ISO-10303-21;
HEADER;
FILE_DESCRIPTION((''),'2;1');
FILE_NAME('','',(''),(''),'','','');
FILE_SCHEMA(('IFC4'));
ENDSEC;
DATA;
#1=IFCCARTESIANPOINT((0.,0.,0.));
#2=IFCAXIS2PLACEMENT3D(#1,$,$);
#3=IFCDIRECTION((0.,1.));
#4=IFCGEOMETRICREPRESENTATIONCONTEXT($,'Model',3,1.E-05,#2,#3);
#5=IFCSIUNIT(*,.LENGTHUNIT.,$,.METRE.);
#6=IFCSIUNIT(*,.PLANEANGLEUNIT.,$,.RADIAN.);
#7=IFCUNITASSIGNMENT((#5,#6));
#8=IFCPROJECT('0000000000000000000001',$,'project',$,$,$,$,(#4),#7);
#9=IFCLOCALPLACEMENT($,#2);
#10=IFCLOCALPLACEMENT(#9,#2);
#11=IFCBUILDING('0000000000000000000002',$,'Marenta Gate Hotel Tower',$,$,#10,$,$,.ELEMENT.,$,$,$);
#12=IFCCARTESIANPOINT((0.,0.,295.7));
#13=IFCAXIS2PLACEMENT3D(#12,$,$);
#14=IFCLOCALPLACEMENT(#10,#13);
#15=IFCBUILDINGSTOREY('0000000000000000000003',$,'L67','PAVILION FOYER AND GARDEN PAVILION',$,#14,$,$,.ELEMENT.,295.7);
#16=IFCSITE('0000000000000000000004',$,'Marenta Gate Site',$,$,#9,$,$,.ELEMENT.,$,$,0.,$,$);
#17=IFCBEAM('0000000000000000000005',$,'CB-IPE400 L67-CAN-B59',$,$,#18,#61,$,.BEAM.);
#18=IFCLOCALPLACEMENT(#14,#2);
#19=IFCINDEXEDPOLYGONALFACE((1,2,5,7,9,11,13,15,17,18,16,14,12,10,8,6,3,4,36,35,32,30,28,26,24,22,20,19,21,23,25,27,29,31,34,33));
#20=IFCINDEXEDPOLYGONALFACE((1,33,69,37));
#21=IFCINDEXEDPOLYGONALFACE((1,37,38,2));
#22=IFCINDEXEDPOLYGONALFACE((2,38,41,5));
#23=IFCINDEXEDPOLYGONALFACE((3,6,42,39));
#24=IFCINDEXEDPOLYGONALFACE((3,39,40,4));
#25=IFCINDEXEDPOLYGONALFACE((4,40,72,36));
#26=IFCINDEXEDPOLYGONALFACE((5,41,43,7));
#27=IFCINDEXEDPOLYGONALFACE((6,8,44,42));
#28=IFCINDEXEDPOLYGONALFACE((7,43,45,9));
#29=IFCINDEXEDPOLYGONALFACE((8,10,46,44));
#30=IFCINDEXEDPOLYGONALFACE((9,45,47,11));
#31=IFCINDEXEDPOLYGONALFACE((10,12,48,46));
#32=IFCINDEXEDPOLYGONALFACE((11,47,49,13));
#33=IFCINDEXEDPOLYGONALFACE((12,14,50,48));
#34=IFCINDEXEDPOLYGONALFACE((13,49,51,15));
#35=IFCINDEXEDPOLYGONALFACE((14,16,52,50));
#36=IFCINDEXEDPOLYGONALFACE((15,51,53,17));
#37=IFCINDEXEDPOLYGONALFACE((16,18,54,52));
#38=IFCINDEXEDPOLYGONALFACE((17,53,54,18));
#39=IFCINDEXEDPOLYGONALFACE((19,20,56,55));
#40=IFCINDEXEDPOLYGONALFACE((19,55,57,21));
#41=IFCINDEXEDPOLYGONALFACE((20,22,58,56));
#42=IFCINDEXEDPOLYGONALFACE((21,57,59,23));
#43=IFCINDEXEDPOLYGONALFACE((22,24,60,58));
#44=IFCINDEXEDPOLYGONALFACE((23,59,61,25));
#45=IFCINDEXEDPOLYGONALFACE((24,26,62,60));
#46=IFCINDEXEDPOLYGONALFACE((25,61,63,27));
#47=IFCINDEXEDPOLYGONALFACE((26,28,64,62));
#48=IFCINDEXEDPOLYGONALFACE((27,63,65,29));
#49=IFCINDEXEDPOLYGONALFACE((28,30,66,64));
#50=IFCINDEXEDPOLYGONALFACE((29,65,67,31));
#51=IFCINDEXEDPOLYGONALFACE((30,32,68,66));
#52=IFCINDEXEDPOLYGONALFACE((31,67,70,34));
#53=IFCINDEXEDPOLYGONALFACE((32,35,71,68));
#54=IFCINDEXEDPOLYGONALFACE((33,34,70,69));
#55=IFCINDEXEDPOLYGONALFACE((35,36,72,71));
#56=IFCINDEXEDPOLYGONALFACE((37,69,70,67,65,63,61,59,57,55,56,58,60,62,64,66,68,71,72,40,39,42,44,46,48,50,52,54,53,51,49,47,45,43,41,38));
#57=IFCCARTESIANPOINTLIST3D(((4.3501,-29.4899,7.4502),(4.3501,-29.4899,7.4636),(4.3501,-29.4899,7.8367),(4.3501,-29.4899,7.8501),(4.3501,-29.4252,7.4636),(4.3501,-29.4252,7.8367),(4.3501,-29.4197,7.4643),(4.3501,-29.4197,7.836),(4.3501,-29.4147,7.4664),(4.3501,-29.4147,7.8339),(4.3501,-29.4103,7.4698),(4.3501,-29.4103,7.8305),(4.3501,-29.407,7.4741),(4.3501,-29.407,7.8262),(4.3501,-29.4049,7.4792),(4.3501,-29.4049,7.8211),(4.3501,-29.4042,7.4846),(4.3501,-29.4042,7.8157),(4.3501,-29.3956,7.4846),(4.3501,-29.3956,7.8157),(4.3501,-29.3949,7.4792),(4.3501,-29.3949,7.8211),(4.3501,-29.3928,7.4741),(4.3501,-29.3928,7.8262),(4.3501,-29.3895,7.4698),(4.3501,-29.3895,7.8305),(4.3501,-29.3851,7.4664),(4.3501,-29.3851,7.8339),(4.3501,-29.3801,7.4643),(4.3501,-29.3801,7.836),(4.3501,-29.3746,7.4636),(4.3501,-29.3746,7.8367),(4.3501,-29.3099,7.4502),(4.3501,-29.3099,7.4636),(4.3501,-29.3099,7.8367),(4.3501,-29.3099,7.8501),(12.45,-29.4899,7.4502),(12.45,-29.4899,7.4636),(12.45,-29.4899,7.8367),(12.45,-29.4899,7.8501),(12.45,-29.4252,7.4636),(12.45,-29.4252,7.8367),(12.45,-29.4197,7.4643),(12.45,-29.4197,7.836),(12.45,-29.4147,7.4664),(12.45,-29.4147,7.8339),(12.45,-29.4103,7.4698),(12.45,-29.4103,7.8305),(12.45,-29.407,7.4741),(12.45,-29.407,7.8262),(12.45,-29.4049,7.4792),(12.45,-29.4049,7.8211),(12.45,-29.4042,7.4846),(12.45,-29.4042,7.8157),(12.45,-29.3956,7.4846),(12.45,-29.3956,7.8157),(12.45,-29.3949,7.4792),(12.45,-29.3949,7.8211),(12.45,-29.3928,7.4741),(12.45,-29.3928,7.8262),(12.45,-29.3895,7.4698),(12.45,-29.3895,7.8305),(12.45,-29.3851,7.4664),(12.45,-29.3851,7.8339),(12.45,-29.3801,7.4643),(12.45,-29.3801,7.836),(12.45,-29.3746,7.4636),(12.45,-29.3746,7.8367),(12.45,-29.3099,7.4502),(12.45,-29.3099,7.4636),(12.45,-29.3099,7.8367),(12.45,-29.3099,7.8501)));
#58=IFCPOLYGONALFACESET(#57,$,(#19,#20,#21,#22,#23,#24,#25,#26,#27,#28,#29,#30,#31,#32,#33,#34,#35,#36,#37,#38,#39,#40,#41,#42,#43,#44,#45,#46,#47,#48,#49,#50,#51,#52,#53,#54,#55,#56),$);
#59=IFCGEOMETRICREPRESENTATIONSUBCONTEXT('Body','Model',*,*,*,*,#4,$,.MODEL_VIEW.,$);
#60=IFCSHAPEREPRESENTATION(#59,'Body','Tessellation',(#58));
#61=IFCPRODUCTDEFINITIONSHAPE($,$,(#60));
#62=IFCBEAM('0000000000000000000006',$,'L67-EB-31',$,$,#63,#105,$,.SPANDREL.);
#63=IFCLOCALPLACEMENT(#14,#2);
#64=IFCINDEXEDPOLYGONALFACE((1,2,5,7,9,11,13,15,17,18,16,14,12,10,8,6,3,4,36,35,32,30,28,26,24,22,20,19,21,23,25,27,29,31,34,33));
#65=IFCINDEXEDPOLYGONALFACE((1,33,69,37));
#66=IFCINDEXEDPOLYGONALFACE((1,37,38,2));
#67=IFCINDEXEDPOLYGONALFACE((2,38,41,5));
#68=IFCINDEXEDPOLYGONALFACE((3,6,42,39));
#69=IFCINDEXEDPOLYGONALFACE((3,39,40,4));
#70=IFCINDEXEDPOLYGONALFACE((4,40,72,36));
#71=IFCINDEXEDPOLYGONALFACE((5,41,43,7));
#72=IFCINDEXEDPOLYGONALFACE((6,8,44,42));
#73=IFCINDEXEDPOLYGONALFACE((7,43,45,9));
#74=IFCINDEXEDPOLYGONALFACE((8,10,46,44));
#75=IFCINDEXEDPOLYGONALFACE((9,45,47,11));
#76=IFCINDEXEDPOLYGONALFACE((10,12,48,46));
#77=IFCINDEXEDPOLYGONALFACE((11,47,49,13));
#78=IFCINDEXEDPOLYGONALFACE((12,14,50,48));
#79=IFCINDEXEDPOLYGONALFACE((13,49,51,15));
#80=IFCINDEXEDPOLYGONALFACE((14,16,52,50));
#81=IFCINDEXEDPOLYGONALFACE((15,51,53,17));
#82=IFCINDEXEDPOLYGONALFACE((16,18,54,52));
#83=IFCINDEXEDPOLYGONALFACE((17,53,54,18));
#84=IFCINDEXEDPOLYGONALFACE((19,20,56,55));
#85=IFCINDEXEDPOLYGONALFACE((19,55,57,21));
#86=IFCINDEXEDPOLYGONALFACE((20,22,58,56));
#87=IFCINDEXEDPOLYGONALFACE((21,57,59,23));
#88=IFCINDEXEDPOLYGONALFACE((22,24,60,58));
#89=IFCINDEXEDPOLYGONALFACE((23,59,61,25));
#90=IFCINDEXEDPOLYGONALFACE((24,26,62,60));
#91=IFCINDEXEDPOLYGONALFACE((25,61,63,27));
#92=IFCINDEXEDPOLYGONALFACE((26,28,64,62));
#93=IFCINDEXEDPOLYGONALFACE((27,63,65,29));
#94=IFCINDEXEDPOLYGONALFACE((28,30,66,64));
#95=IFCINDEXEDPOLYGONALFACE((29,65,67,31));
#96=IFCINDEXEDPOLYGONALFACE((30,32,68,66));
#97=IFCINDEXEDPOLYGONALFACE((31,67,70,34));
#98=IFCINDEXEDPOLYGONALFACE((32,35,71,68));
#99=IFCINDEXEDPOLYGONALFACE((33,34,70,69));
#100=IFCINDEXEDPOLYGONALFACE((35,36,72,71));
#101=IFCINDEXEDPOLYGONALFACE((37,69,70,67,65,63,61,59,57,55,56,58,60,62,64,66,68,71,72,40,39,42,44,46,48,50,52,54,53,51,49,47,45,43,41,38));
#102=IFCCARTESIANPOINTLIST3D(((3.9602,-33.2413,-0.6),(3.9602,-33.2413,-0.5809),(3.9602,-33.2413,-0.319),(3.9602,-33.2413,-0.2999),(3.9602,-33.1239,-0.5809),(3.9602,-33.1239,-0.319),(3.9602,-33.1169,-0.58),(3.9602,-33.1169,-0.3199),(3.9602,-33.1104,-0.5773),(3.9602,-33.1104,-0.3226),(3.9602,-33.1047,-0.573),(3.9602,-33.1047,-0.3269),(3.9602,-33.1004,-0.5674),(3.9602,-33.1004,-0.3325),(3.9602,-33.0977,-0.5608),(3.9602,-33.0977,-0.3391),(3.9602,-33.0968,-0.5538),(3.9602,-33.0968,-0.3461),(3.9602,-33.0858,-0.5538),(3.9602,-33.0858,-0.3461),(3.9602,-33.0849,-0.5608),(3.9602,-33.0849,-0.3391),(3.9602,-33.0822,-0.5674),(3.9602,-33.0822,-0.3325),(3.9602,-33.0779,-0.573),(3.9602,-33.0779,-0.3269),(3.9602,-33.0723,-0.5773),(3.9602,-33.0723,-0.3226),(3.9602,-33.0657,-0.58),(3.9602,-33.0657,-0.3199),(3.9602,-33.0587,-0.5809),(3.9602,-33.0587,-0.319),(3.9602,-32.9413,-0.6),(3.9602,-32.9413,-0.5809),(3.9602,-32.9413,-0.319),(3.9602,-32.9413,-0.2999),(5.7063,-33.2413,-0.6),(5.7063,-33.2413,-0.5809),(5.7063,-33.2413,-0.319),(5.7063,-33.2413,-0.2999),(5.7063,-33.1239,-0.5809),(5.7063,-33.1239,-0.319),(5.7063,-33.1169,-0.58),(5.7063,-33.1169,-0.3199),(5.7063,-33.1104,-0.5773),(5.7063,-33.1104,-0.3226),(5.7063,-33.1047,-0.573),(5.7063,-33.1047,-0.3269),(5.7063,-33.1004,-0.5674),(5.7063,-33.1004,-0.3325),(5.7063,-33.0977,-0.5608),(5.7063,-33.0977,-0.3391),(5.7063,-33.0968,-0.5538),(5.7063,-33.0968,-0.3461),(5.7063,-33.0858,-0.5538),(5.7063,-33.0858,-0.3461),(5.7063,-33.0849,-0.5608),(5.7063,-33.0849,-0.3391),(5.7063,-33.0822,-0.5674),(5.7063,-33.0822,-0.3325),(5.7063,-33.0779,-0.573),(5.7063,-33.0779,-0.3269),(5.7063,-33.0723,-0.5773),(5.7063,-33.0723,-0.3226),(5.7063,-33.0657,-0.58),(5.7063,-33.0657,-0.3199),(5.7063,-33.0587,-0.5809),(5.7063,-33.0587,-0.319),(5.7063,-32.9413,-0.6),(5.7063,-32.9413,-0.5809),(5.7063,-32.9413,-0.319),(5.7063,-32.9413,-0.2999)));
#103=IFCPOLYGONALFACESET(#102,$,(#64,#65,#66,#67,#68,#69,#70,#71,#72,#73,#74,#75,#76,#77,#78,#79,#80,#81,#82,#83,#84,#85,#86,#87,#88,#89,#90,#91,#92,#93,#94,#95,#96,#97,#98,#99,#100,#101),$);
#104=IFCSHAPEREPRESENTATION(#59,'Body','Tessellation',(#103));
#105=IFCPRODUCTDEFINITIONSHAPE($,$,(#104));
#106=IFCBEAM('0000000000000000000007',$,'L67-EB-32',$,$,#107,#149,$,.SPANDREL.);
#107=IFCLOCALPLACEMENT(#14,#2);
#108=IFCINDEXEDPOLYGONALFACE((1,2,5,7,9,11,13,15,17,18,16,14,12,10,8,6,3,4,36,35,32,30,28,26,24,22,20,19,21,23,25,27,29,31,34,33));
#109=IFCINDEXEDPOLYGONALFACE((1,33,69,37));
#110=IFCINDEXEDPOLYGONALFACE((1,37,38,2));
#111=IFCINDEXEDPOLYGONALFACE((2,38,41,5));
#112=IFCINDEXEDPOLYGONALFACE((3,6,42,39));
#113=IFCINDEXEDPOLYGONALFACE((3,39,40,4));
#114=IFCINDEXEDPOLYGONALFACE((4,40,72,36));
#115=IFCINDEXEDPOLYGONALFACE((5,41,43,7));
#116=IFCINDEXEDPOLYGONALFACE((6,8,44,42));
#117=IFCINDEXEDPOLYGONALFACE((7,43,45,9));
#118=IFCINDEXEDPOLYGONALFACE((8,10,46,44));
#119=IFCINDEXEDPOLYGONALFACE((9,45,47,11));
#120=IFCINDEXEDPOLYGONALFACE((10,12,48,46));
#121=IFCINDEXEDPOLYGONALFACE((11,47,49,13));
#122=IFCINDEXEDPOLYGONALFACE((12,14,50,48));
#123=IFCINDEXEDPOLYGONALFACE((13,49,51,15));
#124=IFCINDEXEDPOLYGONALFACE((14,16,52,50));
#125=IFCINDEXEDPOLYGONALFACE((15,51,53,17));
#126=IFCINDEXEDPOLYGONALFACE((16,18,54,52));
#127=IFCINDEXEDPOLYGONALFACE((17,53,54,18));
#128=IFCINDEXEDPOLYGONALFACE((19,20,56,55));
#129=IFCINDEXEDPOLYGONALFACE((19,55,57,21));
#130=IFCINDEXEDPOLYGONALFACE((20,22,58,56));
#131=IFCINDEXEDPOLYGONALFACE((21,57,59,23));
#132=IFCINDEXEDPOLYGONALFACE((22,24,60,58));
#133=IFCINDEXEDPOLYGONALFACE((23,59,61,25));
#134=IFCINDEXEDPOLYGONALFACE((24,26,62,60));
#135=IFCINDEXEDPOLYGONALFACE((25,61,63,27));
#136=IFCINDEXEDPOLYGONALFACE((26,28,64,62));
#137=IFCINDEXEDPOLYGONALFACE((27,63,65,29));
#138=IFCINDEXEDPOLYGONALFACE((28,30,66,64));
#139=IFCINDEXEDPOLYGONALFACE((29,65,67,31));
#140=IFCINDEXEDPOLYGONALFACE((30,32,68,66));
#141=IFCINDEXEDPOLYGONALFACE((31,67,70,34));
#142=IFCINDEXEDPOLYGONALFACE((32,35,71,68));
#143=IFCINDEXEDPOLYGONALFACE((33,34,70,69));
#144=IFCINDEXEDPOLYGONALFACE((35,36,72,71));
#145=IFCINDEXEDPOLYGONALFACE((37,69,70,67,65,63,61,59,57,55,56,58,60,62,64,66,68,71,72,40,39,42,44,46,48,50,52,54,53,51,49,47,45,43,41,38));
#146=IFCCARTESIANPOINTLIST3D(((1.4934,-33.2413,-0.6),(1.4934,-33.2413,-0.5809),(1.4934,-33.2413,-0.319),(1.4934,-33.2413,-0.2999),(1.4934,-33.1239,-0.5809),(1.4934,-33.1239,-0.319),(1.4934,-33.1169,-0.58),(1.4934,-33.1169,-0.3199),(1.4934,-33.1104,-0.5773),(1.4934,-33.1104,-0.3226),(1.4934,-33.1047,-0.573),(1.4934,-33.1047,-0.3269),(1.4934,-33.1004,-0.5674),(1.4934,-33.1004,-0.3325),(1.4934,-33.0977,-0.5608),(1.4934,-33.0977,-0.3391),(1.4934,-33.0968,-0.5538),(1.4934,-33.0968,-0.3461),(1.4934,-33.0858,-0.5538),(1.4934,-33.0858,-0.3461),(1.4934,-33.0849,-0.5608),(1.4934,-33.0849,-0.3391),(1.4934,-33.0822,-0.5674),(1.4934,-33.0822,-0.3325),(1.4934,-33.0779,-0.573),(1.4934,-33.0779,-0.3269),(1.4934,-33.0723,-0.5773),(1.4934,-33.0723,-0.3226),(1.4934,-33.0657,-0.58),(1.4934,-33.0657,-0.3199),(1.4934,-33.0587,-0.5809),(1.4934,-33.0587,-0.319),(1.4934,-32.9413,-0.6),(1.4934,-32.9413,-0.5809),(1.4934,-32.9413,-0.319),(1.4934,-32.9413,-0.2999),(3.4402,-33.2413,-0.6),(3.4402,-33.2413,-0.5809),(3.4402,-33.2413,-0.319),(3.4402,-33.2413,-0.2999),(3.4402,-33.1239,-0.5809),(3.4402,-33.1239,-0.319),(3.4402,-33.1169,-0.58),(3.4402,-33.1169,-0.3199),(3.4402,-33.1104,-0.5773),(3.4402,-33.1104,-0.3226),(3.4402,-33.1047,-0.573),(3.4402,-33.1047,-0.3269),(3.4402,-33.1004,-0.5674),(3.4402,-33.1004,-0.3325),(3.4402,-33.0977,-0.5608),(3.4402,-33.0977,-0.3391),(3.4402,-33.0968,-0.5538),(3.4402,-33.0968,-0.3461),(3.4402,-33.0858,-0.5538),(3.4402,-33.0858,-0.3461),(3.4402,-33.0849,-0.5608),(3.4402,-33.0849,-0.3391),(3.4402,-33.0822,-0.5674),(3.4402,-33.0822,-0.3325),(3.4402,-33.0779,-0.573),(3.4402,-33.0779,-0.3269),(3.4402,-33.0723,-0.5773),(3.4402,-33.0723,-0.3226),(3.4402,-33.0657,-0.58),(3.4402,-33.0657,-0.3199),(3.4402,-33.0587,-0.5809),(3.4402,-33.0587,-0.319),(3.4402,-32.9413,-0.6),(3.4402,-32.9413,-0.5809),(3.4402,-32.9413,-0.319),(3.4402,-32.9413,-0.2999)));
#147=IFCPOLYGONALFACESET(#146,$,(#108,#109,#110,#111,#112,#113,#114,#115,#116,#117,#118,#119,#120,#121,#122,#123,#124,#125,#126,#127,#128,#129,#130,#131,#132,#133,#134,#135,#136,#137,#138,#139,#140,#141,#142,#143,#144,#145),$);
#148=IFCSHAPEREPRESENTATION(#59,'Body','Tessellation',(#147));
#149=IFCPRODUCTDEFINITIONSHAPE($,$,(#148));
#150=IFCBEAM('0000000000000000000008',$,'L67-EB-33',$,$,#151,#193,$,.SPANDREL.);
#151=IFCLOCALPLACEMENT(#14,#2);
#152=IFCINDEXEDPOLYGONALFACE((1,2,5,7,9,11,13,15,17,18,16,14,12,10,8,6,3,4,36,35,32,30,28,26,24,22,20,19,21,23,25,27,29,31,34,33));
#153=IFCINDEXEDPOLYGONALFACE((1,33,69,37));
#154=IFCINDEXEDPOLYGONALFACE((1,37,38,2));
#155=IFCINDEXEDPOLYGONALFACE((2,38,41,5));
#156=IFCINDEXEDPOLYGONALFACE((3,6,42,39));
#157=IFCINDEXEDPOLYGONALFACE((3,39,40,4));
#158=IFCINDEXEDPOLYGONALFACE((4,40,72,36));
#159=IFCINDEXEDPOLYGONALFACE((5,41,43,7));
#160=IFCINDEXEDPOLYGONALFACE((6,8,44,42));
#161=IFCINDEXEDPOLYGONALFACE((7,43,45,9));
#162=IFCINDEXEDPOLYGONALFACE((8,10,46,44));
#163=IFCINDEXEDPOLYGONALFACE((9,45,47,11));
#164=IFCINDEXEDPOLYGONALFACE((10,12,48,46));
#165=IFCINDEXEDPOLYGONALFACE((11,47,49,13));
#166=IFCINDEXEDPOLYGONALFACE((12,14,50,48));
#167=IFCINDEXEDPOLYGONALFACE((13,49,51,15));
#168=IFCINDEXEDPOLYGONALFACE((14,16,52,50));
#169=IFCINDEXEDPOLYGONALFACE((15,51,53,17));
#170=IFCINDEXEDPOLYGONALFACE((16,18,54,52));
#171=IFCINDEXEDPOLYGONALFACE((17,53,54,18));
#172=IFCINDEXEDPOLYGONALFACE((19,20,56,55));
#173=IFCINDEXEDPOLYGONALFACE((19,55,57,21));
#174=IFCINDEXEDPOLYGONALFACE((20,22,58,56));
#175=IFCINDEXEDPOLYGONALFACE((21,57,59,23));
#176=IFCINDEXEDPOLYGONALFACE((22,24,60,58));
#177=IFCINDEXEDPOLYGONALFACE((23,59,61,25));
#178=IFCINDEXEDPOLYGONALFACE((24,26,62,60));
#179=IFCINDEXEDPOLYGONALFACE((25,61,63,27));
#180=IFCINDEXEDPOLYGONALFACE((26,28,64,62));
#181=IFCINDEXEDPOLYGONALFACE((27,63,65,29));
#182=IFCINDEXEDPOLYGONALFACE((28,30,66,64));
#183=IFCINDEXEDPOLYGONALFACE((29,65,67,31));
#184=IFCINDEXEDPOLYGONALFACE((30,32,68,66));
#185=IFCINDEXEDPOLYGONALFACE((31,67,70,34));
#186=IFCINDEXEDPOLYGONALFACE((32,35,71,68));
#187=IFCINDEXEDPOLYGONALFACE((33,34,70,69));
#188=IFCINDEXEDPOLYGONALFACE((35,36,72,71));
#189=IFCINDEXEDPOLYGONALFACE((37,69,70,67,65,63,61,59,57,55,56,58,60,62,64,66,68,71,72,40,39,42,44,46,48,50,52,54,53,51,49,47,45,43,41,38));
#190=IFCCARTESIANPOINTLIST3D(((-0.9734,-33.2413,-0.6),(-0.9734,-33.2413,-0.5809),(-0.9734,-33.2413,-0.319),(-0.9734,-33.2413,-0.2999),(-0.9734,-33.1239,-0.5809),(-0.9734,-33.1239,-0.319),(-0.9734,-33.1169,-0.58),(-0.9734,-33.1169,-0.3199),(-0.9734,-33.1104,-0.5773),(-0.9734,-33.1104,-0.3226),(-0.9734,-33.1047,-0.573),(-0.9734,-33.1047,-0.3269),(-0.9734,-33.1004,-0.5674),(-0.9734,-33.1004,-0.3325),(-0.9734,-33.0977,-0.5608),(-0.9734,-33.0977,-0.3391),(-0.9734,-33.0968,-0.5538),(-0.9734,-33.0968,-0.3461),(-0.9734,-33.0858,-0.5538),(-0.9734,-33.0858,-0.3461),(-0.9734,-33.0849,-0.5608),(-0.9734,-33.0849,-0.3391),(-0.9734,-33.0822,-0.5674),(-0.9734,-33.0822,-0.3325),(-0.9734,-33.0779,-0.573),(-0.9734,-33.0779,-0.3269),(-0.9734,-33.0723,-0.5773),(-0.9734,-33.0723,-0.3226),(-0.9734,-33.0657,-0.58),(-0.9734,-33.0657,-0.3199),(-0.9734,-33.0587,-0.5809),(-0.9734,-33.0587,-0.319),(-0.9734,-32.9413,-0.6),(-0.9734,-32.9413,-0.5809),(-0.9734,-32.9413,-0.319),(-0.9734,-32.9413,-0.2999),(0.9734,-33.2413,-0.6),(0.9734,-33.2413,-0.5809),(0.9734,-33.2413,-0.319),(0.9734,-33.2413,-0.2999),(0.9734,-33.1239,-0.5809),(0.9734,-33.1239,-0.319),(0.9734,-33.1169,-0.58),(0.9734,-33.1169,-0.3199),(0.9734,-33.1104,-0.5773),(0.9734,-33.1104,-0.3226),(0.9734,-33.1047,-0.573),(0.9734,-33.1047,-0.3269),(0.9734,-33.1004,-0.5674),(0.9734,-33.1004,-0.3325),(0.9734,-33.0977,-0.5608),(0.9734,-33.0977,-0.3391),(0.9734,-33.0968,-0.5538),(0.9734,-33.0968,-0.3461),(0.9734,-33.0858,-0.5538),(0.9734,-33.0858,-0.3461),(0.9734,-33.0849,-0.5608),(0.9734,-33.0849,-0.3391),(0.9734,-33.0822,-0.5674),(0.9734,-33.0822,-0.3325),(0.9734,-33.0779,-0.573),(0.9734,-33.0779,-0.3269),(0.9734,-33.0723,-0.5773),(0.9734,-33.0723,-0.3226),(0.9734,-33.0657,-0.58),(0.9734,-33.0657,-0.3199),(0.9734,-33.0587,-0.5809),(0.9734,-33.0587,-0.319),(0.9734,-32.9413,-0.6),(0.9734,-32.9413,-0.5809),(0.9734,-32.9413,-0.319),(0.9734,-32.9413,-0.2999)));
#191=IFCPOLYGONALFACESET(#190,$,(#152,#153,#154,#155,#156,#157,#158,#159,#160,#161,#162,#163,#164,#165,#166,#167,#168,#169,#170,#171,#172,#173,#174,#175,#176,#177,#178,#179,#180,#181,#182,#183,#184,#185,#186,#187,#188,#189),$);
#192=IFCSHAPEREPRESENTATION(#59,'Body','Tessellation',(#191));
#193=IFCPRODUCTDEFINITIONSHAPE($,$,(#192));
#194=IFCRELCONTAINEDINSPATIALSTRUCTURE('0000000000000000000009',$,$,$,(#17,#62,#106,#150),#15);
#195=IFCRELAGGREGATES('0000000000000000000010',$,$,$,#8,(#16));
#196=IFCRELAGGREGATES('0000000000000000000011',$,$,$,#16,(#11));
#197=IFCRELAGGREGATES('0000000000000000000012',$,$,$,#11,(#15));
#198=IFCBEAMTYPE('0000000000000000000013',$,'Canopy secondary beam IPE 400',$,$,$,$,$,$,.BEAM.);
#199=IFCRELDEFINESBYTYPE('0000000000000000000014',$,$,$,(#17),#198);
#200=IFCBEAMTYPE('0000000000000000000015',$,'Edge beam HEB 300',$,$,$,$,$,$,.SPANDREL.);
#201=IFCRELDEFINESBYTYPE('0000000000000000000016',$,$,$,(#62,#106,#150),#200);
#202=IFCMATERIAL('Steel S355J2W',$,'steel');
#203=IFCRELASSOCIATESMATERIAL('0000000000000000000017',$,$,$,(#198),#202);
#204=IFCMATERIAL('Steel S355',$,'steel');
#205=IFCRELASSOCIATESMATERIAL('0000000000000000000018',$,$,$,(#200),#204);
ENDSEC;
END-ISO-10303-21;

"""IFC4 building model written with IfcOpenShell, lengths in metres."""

from ifc_helpers import new_model, si_unit, direction, frame, origin, origin_2d, place, context, subcontext, project, spatial, i_section, extrude, material, material_profile, profile_set, type_object, element, save


model = new_model("IFC4")

# Units and contexts
model_context = context("Model", 3, precision=1e-05, world=origin(), true_north=direction((0.0, 1.0)))
body_context = subcontext(model_context, "Body", "Model", "MODEL_VIEW")
ifc_project = project(units=[si_unit("LENGTHUNIT", "METRE"), si_unit("PLANEANGLEUNIT", "RADIAN")], contexts=[model_context])

# Site, building, storey
site_placement = place(None, origin())
site = spatial("IfcSite", under=ifc_project, at=site_placement, Name="Marenta Gate Site", CompositionType="ELEMENT", RefElevation=0.0)
building_placement = place(site_placement, origin())
building = spatial("IfcBuilding", under=site, at=building_placement, Name="Marenta Gate Hotel Tower", CompositionType="ELEMENT")
storey_placement = place(building_placement, frame((0.0, 0.0, 295.7)))
storey = spatial("IfcBuildingStorey", under=building, at=storey_placement, Name="L67", Description="PAVILION FOYER AND GARDEN PAVILION", CompositionType="ELEMENT", Elevation=295.7)

# Beams
ifc_material_1 = material(Name="Steel S355J2W", Category="steel")
ifc_material_profile_1 = material_profile(ifc_material_1, i_section(OverallWidth=0.1799, OverallDepth=0.3999, WebThickness=0.0085, FlangeThickness=0.0134, FilletRadius=0.021, at=origin_2d()), Name="IPE 400")
ifc_profile_set_1 = profile_set([ifc_material_profile_1], Name="Steel S355J2W")
beam_type_1 = type_object("IfcBeamType", Name="Canopy secondary beam IPE 400", PredefinedType="BEAM", material=ifc_profile_set_1)
for number, where, z_axis, x_axis, name in (
    (1, (4.3501, -29.3999, 7.6501), (1.0, 0.0, 0.0), (0.0, 1.0, 0.0), "CB-IPE400 L67-CAN-B59"),
):
    element("IfcBeam", number, at=place(storey_placement, frame(where, z_axis=z_axis, x_axis=x_axis)), inside=storey, type_object=beam_type_1, Name=name, PredefinedType="BEAM", context=body_context, shape_type="SweptSolid", body=[
        extrude(i_section(OverallWidth=0.1799, OverallDepth=0.3999, WebThickness=0.0085, FlangeThickness=0.0134, FilletRadius=0.021, at=origin_2d()), origin(), (0.0, 0.0, 1.0), 8.0999),
    ])
ifc_material_2 = material(Name="Steel S355", Category="steel")
ifc_material_profile_2 = material_profile(ifc_material_2, i_section(OverallWidth=0.3, OverallDepth=0.3, WebThickness=0.011, FlangeThickness=0.019, FilletRadius=0.0271, at=origin_2d()), Name="HEB 300")
ifc_profile_set_2 = profile_set([ifc_material_profile_2], Name="Steel S355")
beam_type_2 = type_object("IfcBeamType", Name="Edge beam HEB 300", PredefinedType="SPANDREL", material=ifc_profile_set_2)
beam_1_placement = place(storey_placement, frame((5.7063, -33.0913, -0.45), z_axis=(-1.0, 0.0, 0.0), x_axis=(0.0, -1.0, 0.0)))
element("IfcBeam", 2, at=beam_1_placement, inside=storey, type_object=beam_type_2, Name="L67-EB-31", PredefinedType="SPANDREL", context=body_context, shape_type="SweptSolid", body=[
    extrude(i_section(OverallWidth=0.3, OverallDepth=0.3, WebThickness=0.011, FlangeThickness=0.019, FilletRadius=0.0271, at=origin_2d()), origin(), (0.0, 0.0, 1.0), 1.7461),
])
for number, where, z_axis, x_axis, name in (
    (3, (3.4402, -33.0913, -0.45), (-1.0, 0.0, 0.0), (0.0, -1.0, 0.0), "L67-EB-32"),
    (4, (0.9734, -33.0913, -0.45), (-1.0, 0.0, 0.0), (0.0, -1.0, 0.0), "L67-EB-33"),
):
    element("IfcBeam", number, at=place(storey_placement, frame(where, z_axis=z_axis, x_axis=x_axis)), inside=storey, type_object=beam_type_2, Name=name, PredefinedType="SPANDREL", context=body_context, shape_type="SweptSolid", body=[
        extrude(i_section(OverallWidth=0.3, OverallDepth=0.3, WebThickness=0.011, FlangeThickness=0.019, FilletRadius=0.0271, at=origin_2d()), origin(), (0.0, 0.0, 1.0), 1.9468),
    ])

save(model, "model.ifc")
